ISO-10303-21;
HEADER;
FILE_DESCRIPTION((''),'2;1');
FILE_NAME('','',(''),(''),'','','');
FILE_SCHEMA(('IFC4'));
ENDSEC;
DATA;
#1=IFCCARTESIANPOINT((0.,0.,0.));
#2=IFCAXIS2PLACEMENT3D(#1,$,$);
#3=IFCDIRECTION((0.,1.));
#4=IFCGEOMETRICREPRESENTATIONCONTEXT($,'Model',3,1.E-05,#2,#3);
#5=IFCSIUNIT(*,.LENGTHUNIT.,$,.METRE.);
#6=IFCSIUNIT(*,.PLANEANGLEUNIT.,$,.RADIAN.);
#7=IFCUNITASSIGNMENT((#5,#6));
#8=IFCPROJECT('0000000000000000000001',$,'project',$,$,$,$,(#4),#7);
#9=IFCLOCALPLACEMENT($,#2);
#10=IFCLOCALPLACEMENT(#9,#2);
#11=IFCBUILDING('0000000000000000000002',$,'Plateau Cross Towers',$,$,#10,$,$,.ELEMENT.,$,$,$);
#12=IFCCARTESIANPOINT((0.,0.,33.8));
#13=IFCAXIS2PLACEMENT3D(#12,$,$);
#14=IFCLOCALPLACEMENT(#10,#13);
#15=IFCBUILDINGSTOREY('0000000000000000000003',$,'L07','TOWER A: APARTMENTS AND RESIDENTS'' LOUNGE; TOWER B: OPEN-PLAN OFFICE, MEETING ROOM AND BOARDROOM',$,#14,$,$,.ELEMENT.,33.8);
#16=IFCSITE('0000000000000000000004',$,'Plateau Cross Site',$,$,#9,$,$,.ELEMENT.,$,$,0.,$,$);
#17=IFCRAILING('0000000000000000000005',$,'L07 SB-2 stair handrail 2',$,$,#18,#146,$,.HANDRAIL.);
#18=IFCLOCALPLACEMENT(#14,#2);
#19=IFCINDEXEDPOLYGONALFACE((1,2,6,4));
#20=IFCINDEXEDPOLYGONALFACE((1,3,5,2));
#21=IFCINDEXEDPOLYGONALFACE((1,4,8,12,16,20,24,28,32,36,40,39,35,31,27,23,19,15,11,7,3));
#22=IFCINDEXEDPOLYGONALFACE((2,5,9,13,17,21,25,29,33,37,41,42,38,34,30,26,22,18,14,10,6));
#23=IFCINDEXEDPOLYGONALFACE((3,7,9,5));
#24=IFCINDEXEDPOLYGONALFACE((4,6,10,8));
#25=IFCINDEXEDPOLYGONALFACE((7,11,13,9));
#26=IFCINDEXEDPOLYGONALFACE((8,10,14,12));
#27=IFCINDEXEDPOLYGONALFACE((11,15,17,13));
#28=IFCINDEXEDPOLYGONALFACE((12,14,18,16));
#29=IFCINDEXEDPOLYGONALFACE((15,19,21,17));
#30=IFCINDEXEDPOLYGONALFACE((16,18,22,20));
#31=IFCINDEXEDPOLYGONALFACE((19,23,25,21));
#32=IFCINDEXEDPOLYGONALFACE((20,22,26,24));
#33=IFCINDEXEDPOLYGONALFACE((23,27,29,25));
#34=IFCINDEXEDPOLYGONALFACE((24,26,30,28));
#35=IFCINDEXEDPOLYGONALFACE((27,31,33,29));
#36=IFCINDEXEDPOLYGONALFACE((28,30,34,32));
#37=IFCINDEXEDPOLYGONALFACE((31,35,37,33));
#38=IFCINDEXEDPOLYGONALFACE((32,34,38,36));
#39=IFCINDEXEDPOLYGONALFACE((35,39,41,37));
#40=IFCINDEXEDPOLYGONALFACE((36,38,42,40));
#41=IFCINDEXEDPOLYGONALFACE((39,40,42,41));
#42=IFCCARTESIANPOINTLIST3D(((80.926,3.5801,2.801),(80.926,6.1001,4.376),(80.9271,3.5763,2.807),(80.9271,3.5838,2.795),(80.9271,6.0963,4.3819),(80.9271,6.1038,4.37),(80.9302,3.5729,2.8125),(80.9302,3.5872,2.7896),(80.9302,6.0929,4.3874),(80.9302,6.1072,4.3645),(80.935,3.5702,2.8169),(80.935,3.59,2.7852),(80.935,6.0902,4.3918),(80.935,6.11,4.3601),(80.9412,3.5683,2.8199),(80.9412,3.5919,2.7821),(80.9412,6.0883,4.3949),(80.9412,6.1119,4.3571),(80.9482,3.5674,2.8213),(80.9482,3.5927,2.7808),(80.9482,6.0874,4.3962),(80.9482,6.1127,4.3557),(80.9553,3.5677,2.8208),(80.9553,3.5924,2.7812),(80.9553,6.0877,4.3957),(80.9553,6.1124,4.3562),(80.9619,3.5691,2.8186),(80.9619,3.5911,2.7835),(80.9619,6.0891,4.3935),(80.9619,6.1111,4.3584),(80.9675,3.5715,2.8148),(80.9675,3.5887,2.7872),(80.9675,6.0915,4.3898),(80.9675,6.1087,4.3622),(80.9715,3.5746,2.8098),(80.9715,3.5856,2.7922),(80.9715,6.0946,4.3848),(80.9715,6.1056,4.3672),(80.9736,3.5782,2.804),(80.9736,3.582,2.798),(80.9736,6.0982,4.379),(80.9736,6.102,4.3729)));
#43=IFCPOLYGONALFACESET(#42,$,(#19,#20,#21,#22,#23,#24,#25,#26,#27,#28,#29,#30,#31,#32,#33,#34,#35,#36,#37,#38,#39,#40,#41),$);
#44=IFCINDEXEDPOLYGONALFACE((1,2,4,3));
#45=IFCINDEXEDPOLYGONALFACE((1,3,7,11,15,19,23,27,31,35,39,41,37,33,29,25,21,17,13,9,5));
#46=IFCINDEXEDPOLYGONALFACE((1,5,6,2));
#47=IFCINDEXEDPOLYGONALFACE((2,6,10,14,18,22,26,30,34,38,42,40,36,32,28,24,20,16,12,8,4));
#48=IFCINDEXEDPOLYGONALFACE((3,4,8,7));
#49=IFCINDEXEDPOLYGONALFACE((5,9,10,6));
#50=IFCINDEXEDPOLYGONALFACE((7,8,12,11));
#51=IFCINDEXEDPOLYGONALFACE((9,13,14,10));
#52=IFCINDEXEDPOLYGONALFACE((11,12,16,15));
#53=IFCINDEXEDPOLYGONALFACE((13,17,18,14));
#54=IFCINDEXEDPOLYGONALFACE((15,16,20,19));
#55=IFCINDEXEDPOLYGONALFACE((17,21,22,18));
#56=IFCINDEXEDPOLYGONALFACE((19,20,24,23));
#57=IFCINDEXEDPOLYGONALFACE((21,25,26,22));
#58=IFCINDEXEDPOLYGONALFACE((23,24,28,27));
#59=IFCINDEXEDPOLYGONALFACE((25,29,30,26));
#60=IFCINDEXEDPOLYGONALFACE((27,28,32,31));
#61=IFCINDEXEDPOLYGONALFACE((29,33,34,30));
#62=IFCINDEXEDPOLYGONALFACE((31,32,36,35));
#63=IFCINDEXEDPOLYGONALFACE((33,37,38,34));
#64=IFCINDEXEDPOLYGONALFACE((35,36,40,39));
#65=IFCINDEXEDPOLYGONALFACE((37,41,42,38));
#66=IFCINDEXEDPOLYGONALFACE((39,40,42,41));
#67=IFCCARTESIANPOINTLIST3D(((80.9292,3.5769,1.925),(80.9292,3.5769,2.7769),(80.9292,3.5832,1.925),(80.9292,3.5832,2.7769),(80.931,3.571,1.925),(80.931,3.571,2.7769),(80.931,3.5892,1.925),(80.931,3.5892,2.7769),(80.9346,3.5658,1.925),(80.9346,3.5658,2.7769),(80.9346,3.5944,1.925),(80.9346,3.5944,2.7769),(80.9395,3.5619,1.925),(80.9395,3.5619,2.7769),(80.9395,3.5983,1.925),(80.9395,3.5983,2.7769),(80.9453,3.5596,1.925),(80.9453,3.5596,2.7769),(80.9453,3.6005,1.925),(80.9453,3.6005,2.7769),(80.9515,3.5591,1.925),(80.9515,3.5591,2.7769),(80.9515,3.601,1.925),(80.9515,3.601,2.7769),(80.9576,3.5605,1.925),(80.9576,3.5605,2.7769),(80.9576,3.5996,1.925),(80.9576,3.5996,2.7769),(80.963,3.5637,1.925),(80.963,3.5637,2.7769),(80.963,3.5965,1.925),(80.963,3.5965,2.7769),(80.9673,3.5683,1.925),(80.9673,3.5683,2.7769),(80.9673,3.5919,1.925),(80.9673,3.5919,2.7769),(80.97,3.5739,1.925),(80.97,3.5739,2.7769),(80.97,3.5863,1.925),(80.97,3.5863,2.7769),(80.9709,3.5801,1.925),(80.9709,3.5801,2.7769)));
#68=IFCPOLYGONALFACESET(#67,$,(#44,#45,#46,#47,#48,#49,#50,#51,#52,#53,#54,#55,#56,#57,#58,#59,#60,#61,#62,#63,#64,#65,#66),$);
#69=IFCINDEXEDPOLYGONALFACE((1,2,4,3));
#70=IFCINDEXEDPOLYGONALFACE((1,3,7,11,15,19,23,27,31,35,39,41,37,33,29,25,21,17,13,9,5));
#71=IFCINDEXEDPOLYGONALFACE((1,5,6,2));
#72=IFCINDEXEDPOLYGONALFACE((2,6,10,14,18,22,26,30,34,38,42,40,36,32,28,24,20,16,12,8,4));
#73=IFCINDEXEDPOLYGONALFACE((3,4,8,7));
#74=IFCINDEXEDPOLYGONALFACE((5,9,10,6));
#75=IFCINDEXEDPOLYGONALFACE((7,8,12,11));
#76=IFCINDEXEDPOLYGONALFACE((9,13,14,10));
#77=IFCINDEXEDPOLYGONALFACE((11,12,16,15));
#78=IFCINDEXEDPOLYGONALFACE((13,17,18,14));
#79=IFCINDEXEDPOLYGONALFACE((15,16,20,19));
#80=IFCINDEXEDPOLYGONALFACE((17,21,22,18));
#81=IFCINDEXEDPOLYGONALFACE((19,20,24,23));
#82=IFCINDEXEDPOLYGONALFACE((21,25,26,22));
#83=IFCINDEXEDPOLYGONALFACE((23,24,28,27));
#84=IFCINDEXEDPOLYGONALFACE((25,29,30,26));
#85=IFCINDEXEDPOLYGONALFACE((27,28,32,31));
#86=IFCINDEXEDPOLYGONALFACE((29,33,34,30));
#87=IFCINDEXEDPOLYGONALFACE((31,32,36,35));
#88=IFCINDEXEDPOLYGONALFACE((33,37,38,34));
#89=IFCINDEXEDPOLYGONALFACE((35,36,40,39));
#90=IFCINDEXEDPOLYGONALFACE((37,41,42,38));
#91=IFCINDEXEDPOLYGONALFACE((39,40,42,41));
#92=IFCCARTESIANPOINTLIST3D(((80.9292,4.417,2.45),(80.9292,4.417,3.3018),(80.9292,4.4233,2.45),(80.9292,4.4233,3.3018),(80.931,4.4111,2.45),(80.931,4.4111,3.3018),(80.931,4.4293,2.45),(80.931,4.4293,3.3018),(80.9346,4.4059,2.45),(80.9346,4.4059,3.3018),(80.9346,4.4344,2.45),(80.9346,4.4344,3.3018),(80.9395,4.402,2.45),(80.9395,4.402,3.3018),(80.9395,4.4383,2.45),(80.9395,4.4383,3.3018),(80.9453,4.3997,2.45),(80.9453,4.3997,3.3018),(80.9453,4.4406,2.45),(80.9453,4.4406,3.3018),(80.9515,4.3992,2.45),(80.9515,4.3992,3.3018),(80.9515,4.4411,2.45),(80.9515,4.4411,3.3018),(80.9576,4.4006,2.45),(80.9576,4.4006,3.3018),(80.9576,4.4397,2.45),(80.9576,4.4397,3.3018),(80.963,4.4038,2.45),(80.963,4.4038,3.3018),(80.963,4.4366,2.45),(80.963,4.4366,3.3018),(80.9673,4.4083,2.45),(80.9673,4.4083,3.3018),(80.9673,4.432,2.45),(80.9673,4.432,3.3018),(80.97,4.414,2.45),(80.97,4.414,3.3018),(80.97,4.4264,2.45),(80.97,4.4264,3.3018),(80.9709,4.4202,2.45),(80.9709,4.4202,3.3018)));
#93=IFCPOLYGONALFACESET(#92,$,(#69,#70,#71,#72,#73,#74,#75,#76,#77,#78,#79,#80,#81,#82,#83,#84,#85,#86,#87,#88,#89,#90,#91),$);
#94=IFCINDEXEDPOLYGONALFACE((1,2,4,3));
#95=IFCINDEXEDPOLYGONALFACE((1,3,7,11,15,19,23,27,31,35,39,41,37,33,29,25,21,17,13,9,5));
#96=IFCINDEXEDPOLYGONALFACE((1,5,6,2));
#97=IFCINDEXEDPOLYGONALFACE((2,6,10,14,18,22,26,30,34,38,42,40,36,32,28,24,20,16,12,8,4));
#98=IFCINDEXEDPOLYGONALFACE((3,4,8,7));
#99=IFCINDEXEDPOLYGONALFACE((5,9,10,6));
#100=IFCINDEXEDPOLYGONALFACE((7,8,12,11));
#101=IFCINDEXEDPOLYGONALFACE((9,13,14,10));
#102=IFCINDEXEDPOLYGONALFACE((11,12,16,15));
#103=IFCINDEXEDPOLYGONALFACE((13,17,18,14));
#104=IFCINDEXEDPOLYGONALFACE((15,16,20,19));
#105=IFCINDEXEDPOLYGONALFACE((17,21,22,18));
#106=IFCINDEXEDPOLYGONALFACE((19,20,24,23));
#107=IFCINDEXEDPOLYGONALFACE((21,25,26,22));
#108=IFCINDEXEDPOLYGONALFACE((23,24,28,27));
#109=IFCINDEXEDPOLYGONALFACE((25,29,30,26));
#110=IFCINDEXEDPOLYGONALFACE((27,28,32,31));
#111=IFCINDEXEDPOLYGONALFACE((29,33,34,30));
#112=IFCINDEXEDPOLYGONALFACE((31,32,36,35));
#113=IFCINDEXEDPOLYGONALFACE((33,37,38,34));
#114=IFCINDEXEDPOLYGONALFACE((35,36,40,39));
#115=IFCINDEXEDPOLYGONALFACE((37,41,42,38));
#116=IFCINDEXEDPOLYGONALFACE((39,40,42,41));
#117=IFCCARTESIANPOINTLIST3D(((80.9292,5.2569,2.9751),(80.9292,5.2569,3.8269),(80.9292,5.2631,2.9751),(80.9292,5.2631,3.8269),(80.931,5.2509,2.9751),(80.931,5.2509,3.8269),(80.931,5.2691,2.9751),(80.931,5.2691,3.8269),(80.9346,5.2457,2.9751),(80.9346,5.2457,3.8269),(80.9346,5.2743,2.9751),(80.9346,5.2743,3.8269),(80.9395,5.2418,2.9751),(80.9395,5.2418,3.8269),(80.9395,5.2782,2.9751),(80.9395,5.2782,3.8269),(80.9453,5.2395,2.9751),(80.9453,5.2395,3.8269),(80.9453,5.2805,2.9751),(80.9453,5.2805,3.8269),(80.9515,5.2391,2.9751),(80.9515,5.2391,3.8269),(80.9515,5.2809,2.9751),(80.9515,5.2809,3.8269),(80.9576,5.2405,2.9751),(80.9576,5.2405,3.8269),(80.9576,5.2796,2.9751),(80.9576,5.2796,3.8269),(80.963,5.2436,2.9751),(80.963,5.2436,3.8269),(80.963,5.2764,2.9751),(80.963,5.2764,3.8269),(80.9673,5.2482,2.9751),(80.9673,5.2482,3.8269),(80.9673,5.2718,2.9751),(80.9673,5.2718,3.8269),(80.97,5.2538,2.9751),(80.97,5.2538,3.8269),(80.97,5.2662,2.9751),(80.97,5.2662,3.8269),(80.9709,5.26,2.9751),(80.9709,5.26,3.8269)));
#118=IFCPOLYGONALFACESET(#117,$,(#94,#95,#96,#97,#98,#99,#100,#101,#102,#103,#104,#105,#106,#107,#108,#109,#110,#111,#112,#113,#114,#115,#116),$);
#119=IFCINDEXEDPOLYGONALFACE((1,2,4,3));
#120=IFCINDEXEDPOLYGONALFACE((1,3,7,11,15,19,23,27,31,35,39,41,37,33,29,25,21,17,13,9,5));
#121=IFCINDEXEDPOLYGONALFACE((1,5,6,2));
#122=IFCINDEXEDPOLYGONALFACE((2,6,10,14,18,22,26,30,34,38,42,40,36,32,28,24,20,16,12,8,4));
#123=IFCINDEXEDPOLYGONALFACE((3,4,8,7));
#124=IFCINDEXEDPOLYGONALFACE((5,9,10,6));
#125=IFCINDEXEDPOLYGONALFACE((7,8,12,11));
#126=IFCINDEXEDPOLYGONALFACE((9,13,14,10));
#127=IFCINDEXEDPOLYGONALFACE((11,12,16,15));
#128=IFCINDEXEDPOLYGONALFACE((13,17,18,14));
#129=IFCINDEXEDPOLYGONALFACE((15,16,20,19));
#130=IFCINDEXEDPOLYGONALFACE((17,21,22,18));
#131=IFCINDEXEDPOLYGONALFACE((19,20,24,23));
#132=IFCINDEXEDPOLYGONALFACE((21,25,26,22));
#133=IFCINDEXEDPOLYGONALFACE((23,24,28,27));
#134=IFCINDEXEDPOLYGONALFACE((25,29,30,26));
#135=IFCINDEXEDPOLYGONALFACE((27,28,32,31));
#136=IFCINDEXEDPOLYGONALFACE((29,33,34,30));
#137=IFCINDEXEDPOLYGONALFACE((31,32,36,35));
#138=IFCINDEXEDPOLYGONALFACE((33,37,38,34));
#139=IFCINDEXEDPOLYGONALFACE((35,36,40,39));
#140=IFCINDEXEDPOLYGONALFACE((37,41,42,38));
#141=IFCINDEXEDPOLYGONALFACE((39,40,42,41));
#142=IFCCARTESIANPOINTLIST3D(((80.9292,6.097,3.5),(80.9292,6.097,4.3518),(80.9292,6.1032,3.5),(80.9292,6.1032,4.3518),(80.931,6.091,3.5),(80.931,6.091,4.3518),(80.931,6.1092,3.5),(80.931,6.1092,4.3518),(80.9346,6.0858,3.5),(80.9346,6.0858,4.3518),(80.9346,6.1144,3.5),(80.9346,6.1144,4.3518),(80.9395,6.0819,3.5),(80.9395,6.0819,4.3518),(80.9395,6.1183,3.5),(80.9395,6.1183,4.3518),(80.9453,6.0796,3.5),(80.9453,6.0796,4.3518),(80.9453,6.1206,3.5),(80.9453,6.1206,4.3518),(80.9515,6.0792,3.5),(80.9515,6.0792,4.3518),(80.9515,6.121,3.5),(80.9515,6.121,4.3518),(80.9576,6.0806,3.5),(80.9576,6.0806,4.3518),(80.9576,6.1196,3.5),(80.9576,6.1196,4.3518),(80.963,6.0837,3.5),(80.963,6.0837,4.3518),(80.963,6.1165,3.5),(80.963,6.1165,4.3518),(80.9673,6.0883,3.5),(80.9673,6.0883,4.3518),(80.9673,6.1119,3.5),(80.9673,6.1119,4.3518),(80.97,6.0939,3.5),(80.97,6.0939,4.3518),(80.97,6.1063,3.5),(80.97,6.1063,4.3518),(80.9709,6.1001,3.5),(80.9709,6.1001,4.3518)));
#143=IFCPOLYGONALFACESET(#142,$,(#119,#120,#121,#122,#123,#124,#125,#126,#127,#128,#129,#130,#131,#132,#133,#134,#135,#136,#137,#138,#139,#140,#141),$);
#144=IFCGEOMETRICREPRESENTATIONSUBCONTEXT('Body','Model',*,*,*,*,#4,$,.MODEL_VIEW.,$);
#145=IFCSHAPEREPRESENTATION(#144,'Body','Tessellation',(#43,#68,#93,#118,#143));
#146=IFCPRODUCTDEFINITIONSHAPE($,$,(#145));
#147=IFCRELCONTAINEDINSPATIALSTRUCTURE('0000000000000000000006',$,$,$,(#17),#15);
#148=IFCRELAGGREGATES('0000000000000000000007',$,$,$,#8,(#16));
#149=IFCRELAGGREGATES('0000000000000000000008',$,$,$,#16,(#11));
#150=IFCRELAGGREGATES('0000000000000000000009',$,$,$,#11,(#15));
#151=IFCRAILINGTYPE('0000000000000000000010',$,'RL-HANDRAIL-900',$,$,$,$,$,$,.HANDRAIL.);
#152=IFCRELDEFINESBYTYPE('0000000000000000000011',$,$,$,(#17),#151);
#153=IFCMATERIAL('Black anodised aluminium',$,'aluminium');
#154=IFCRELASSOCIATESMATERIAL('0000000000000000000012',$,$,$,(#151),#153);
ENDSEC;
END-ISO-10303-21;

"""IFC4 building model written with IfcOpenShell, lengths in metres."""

from ifc_helpers import new_model, si_unit, direction, frame, origin, origin_2d, place, context, subcontext, project, spatial, circle, extrude, material, type_object, element, save


model = new_model("IFC4")

# Units and contexts
model_context = context("Model", 3, precision=1e-05, world=origin(), true_north=direction((0.0, 1.0)))
body_context = subcontext(model_context, "Body", "Model", "MODEL_VIEW")
ifc_project = project(units=[si_unit("LENGTHUNIT", "METRE"), si_unit("PLANEANGLEUNIT", "RADIAN")], contexts=[model_context])

# Site, building, storey
site_placement = place(None, origin())
site = spatial("IfcSite", under=ifc_project, at=site_placement, Name="Plateau Cross Site", CompositionType="ELEMENT", RefElevation=0.0)
building_placement = place(site_placement, origin())
building = spatial("IfcBuilding", under=site, at=building_placement, Name="Plateau Cross Towers", CompositionType="ELEMENT")
storey_placement = place(building_placement, frame((0.0, 0.0, 33.8)))
storey = spatial("IfcBuildingStorey", under=building, at=storey_placement, Name="L07", Description="TOWER A: APARTMENTS AND RESIDENTS' LOUNGE; TOWER B: OPEN-PLAN OFFICE, MEETING ROOM AND BOARDROOM", CompositionType="ELEMENT", Elevation=33.8)

# Shared definitions
ifc_material_1 = material(Name="Black anodised aluminium", Category="aluminium")

# Railing
railing_type_1 = type_object("IfcRailingType", Name="RL-HANDRAIL-900", PredefinedType="HANDRAIL", material=ifc_material_1)
railing_1_placement = place(storey_placement, frame((80.95, 3.5801, 1.925)))
element("IfcRailing", 1, at=railing_1_placement, inside=storey, type_object=railing_type_1, Name="L07 SB-2 stair handrail 2", PredefinedType="HANDRAIL", context=body_context, shape_type="SweptSolid", body=[
    extrude(circle(Radius=0.0239, at=origin_2d()), frame((0.0, 0.0, 0.876), z_axis=(0.0, 0.848008, 0.529984), x_axis=(-1.0, 0.0, 0.0)), (0.0, 0.0, 1.0), 2.9717),
    extrude(circle(Radius=0.021, at=origin_2d()), origin(), (0.0, 0.0, 1.0), 0.8518),
    extrude(circle(Radius=0.021, at=origin_2d()), frame((0.0, 0.8401, 0.5249)), (0.0, 0.0, 1.0), 0.8518),
    extrude(circle(Radius=0.021, at=origin_2d()), frame((0.0, 1.6799, 1.05)), (0.0, 0.0, 1.0), 0.8518),
    extrude(circle(Radius=0.021, at=origin_2d()), frame((0.0, 2.52, 1.575)), (0.0, 0.0, 1.0), 0.8518),
])

save(model, "model.ifc")
